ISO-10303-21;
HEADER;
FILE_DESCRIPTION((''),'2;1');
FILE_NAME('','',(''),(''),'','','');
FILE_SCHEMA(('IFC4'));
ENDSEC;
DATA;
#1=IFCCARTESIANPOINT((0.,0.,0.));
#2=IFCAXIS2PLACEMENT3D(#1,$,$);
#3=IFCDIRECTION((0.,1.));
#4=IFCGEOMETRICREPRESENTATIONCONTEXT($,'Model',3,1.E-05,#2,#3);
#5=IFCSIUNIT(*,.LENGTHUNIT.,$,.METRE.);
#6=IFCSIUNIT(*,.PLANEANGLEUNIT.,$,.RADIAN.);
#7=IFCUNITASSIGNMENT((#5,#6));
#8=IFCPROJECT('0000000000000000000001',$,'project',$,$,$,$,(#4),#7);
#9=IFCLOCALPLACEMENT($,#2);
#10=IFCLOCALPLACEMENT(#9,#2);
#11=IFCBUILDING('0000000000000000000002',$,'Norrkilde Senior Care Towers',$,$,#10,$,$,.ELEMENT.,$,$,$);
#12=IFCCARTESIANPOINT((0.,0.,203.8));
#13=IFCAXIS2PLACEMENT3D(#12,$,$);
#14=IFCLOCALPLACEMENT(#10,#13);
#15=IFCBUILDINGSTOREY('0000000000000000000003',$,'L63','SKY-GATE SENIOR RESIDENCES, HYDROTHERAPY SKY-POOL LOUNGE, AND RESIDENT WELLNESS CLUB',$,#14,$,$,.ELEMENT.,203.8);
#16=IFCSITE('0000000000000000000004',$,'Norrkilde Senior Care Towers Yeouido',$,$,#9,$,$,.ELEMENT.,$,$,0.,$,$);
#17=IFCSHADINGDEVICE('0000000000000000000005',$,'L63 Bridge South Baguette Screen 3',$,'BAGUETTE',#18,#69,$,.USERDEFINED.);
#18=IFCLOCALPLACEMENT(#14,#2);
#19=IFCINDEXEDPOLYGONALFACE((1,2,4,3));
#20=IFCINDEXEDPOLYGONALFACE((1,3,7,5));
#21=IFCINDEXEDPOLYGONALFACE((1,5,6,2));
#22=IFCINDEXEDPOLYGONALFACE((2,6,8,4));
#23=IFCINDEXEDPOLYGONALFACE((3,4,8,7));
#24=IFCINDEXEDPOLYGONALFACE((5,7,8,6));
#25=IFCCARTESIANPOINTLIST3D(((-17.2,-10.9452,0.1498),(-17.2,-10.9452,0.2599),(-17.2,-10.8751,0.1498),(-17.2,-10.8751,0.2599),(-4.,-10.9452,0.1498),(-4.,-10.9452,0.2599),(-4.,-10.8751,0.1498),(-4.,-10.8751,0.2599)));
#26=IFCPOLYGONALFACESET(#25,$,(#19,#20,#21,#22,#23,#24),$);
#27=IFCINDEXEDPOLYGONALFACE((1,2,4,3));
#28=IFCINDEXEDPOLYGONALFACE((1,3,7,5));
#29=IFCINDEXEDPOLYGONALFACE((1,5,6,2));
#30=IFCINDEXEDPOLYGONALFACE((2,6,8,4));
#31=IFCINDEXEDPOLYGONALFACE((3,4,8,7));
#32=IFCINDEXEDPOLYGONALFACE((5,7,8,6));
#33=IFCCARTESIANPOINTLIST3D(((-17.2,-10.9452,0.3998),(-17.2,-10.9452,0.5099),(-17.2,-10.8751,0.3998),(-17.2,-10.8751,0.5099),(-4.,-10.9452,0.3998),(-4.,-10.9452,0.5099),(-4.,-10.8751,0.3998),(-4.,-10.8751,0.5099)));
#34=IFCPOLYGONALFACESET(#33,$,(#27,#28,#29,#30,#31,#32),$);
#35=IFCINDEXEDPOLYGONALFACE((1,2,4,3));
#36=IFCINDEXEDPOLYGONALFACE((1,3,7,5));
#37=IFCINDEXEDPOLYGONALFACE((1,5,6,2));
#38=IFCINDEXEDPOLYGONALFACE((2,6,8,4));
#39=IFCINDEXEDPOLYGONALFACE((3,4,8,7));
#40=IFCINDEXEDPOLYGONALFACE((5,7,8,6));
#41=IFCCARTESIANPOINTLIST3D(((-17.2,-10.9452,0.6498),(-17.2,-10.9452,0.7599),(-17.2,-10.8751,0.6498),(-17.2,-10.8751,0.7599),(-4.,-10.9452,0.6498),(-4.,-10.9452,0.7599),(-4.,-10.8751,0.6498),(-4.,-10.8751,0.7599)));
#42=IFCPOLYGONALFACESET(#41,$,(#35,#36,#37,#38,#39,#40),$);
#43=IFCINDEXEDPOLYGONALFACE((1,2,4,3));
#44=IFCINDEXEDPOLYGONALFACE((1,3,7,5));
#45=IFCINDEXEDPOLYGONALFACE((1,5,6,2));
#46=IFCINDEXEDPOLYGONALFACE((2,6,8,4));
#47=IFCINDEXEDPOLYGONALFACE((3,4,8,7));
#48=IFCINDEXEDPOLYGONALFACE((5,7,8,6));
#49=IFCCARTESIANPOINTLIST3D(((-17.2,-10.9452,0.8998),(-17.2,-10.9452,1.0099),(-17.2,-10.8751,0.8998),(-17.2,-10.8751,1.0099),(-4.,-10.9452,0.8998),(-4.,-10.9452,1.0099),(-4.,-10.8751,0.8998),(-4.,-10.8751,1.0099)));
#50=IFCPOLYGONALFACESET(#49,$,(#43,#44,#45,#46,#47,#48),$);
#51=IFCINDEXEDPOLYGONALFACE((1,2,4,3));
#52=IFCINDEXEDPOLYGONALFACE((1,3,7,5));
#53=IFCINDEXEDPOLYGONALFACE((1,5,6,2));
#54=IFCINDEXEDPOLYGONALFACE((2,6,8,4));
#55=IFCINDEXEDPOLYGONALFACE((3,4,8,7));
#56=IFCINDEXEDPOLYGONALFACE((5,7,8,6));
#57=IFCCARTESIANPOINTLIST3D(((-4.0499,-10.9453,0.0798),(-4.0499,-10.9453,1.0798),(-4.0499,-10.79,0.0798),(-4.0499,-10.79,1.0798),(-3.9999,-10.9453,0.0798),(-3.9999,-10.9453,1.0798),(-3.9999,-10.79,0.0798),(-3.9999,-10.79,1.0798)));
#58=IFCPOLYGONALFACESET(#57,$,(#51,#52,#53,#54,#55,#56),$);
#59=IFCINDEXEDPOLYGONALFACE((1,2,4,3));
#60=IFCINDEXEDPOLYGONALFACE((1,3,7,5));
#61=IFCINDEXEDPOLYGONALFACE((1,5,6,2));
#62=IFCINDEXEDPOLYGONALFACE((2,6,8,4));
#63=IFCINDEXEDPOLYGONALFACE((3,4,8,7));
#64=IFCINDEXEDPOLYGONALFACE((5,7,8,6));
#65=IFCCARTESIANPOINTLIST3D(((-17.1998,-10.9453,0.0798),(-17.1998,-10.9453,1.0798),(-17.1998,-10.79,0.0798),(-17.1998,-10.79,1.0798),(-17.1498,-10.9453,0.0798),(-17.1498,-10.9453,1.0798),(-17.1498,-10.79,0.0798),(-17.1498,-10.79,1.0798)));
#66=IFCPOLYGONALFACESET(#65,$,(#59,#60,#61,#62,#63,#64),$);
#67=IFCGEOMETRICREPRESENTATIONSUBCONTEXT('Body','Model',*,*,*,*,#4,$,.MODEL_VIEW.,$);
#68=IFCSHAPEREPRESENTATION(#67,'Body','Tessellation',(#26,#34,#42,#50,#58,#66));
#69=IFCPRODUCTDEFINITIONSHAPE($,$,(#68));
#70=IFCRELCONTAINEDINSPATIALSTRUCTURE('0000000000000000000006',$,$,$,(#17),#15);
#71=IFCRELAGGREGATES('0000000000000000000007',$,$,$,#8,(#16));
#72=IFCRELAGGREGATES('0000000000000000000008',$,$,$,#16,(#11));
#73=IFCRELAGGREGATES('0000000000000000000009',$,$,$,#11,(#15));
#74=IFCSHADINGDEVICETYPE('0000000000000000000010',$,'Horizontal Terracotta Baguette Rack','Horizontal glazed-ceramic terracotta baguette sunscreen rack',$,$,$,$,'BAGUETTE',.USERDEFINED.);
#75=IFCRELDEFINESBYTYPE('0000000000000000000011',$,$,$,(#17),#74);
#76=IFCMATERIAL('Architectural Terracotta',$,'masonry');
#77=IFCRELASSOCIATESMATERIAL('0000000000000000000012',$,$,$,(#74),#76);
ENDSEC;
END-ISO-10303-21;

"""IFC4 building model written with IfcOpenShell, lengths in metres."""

from ifc_helpers import new_model, si_unit, direction, frame, origin, origin_2d, place, context, subcontext, project, spatial, rectangle, extrude, source, transform, mapped, material, type_object, type_shapes, element, save


model = new_model("IFC4")

# Units and contexts
model_context = context("Model", 3, precision=1e-05, world=origin(), true_north=direction((0.0, 1.0)))
body_context = subcontext(model_context, "Body", "Model", "MODEL_VIEW")
ifc_project = project(units=[si_unit("LENGTHUNIT", "METRE"), si_unit("PLANEANGLEUNIT", "RADIAN")], contexts=[model_context])

# Site, building, storey
site_placement = place(None, origin())
site = spatial("IfcSite", under=ifc_project, at=site_placement, Name="Norrkilde Senior Care Towers Yeouido", CompositionType="ELEMENT", RefElevation=0.0)
building_placement = place(site_placement, origin())
building = spatial("IfcBuilding", under=site, at=building_placement, Name="Norrkilde Senior Care Towers", CompositionType="ELEMENT")
storey_placement = place(building_placement, frame((0.0, 0.0, 203.8)))
storey = spatial("IfcBuildingStorey", under=building, at=storey_placement, Name="L63", Description="SKY-GATE SENIOR RESIDENCES, HYDROTHERAPY SKY-POOL LOUNGE, AND RESIDENT WELLNESS CLUB", CompositionType="ELEMENT", Elevation=203.8)

# Shared definitions
ifc_material_1 = material(Name="Architectural Terracotta", Category="masonry")

# Shading device
shading_device_type = type_object("IfcShadingDeviceType", Name="Horizontal Terracotta Baguette Rack", Description="Horizontal glazed-ceramic terracotta baguette sunscreen rack", ElementType="BAGUETTE", PredefinedType="USERDEFINED", material=ifc_material_1)
shared_shape_1 = source(origin(), body_context, "Body", "SweptSolid", [
    extrude(rectangle(XDim=0.0701, YDim=0.1101, at=origin_2d()), frame((0.0, 0.0901, 0.125), z_axis=(1.0, 0.0, 0.0), x_axis=(0.0, 1.0, 0.0)), (0.0, 0.0, 1.0), 13.2),
    extrude(rectangle(XDim=0.0701, YDim=0.1101, at=origin_2d()), frame((0.0, 0.0901, 0.375), z_axis=(1.0, 0.0, 0.0), x_axis=(0.0, 1.0, 0.0)), (0.0, 0.0, 1.0), 13.2),
    extrude(rectangle(XDim=0.0701, YDim=0.1101, at=origin_2d()), frame((0.0, 0.0901, 0.625), z_axis=(1.0, 0.0, 0.0), x_axis=(0.0, 1.0, 0.0)), (0.0, 0.0, 1.0), 13.2),
    extrude(rectangle(XDim=0.0701, YDim=0.1101, at=origin_2d()), frame((0.0, 0.0901, 0.875), z_axis=(1.0, 0.0, 0.0), x_axis=(0.0, 1.0, 0.0)), (0.0, 0.0, 1.0), 13.2),
    extrude(rectangle(XDim=0.05, YDim=0.1553, at=origin_2d()), frame((0.0249, 0.0476, 0.0)), (0.0, 0.0, 1.0), 1.0),
    extrude(rectangle(XDim=0.05, YDim=0.1553, at=origin_2d()), frame((13.1748, 0.0476, 0.0)), (0.0, 0.0, 1.0), 1.0),
])
type_shapes(shading_device_type, [shared_shape_1])
shading_device_placement = place(storey_placement, frame((-4.0, -10.8201, 0.0798), z_axis=(0.0, 0.0, 1.0), x_axis=(-1.0, 0.0, 0.0)))
element("IfcShadingDevice", 1, at=shading_device_placement, inside=storey, type_object=shading_device_type, Name="L63 Bridge South Baguette Screen 3", ObjectType="BAGUETTE", PredefinedType="USERDEFINED", context=body_context, shape_type="MappedRepresentation", body=[
    mapped(shared_shape_1, transform((0.0, 0.0, 0.0), x_axis=(1.0, 0.0, 0.0), y_axis=(0.0, 1.0, 0.0), z_axis=(0.0, 0.0, 1.0), scale=1.0)),
])

save(model, "model.ifc")
